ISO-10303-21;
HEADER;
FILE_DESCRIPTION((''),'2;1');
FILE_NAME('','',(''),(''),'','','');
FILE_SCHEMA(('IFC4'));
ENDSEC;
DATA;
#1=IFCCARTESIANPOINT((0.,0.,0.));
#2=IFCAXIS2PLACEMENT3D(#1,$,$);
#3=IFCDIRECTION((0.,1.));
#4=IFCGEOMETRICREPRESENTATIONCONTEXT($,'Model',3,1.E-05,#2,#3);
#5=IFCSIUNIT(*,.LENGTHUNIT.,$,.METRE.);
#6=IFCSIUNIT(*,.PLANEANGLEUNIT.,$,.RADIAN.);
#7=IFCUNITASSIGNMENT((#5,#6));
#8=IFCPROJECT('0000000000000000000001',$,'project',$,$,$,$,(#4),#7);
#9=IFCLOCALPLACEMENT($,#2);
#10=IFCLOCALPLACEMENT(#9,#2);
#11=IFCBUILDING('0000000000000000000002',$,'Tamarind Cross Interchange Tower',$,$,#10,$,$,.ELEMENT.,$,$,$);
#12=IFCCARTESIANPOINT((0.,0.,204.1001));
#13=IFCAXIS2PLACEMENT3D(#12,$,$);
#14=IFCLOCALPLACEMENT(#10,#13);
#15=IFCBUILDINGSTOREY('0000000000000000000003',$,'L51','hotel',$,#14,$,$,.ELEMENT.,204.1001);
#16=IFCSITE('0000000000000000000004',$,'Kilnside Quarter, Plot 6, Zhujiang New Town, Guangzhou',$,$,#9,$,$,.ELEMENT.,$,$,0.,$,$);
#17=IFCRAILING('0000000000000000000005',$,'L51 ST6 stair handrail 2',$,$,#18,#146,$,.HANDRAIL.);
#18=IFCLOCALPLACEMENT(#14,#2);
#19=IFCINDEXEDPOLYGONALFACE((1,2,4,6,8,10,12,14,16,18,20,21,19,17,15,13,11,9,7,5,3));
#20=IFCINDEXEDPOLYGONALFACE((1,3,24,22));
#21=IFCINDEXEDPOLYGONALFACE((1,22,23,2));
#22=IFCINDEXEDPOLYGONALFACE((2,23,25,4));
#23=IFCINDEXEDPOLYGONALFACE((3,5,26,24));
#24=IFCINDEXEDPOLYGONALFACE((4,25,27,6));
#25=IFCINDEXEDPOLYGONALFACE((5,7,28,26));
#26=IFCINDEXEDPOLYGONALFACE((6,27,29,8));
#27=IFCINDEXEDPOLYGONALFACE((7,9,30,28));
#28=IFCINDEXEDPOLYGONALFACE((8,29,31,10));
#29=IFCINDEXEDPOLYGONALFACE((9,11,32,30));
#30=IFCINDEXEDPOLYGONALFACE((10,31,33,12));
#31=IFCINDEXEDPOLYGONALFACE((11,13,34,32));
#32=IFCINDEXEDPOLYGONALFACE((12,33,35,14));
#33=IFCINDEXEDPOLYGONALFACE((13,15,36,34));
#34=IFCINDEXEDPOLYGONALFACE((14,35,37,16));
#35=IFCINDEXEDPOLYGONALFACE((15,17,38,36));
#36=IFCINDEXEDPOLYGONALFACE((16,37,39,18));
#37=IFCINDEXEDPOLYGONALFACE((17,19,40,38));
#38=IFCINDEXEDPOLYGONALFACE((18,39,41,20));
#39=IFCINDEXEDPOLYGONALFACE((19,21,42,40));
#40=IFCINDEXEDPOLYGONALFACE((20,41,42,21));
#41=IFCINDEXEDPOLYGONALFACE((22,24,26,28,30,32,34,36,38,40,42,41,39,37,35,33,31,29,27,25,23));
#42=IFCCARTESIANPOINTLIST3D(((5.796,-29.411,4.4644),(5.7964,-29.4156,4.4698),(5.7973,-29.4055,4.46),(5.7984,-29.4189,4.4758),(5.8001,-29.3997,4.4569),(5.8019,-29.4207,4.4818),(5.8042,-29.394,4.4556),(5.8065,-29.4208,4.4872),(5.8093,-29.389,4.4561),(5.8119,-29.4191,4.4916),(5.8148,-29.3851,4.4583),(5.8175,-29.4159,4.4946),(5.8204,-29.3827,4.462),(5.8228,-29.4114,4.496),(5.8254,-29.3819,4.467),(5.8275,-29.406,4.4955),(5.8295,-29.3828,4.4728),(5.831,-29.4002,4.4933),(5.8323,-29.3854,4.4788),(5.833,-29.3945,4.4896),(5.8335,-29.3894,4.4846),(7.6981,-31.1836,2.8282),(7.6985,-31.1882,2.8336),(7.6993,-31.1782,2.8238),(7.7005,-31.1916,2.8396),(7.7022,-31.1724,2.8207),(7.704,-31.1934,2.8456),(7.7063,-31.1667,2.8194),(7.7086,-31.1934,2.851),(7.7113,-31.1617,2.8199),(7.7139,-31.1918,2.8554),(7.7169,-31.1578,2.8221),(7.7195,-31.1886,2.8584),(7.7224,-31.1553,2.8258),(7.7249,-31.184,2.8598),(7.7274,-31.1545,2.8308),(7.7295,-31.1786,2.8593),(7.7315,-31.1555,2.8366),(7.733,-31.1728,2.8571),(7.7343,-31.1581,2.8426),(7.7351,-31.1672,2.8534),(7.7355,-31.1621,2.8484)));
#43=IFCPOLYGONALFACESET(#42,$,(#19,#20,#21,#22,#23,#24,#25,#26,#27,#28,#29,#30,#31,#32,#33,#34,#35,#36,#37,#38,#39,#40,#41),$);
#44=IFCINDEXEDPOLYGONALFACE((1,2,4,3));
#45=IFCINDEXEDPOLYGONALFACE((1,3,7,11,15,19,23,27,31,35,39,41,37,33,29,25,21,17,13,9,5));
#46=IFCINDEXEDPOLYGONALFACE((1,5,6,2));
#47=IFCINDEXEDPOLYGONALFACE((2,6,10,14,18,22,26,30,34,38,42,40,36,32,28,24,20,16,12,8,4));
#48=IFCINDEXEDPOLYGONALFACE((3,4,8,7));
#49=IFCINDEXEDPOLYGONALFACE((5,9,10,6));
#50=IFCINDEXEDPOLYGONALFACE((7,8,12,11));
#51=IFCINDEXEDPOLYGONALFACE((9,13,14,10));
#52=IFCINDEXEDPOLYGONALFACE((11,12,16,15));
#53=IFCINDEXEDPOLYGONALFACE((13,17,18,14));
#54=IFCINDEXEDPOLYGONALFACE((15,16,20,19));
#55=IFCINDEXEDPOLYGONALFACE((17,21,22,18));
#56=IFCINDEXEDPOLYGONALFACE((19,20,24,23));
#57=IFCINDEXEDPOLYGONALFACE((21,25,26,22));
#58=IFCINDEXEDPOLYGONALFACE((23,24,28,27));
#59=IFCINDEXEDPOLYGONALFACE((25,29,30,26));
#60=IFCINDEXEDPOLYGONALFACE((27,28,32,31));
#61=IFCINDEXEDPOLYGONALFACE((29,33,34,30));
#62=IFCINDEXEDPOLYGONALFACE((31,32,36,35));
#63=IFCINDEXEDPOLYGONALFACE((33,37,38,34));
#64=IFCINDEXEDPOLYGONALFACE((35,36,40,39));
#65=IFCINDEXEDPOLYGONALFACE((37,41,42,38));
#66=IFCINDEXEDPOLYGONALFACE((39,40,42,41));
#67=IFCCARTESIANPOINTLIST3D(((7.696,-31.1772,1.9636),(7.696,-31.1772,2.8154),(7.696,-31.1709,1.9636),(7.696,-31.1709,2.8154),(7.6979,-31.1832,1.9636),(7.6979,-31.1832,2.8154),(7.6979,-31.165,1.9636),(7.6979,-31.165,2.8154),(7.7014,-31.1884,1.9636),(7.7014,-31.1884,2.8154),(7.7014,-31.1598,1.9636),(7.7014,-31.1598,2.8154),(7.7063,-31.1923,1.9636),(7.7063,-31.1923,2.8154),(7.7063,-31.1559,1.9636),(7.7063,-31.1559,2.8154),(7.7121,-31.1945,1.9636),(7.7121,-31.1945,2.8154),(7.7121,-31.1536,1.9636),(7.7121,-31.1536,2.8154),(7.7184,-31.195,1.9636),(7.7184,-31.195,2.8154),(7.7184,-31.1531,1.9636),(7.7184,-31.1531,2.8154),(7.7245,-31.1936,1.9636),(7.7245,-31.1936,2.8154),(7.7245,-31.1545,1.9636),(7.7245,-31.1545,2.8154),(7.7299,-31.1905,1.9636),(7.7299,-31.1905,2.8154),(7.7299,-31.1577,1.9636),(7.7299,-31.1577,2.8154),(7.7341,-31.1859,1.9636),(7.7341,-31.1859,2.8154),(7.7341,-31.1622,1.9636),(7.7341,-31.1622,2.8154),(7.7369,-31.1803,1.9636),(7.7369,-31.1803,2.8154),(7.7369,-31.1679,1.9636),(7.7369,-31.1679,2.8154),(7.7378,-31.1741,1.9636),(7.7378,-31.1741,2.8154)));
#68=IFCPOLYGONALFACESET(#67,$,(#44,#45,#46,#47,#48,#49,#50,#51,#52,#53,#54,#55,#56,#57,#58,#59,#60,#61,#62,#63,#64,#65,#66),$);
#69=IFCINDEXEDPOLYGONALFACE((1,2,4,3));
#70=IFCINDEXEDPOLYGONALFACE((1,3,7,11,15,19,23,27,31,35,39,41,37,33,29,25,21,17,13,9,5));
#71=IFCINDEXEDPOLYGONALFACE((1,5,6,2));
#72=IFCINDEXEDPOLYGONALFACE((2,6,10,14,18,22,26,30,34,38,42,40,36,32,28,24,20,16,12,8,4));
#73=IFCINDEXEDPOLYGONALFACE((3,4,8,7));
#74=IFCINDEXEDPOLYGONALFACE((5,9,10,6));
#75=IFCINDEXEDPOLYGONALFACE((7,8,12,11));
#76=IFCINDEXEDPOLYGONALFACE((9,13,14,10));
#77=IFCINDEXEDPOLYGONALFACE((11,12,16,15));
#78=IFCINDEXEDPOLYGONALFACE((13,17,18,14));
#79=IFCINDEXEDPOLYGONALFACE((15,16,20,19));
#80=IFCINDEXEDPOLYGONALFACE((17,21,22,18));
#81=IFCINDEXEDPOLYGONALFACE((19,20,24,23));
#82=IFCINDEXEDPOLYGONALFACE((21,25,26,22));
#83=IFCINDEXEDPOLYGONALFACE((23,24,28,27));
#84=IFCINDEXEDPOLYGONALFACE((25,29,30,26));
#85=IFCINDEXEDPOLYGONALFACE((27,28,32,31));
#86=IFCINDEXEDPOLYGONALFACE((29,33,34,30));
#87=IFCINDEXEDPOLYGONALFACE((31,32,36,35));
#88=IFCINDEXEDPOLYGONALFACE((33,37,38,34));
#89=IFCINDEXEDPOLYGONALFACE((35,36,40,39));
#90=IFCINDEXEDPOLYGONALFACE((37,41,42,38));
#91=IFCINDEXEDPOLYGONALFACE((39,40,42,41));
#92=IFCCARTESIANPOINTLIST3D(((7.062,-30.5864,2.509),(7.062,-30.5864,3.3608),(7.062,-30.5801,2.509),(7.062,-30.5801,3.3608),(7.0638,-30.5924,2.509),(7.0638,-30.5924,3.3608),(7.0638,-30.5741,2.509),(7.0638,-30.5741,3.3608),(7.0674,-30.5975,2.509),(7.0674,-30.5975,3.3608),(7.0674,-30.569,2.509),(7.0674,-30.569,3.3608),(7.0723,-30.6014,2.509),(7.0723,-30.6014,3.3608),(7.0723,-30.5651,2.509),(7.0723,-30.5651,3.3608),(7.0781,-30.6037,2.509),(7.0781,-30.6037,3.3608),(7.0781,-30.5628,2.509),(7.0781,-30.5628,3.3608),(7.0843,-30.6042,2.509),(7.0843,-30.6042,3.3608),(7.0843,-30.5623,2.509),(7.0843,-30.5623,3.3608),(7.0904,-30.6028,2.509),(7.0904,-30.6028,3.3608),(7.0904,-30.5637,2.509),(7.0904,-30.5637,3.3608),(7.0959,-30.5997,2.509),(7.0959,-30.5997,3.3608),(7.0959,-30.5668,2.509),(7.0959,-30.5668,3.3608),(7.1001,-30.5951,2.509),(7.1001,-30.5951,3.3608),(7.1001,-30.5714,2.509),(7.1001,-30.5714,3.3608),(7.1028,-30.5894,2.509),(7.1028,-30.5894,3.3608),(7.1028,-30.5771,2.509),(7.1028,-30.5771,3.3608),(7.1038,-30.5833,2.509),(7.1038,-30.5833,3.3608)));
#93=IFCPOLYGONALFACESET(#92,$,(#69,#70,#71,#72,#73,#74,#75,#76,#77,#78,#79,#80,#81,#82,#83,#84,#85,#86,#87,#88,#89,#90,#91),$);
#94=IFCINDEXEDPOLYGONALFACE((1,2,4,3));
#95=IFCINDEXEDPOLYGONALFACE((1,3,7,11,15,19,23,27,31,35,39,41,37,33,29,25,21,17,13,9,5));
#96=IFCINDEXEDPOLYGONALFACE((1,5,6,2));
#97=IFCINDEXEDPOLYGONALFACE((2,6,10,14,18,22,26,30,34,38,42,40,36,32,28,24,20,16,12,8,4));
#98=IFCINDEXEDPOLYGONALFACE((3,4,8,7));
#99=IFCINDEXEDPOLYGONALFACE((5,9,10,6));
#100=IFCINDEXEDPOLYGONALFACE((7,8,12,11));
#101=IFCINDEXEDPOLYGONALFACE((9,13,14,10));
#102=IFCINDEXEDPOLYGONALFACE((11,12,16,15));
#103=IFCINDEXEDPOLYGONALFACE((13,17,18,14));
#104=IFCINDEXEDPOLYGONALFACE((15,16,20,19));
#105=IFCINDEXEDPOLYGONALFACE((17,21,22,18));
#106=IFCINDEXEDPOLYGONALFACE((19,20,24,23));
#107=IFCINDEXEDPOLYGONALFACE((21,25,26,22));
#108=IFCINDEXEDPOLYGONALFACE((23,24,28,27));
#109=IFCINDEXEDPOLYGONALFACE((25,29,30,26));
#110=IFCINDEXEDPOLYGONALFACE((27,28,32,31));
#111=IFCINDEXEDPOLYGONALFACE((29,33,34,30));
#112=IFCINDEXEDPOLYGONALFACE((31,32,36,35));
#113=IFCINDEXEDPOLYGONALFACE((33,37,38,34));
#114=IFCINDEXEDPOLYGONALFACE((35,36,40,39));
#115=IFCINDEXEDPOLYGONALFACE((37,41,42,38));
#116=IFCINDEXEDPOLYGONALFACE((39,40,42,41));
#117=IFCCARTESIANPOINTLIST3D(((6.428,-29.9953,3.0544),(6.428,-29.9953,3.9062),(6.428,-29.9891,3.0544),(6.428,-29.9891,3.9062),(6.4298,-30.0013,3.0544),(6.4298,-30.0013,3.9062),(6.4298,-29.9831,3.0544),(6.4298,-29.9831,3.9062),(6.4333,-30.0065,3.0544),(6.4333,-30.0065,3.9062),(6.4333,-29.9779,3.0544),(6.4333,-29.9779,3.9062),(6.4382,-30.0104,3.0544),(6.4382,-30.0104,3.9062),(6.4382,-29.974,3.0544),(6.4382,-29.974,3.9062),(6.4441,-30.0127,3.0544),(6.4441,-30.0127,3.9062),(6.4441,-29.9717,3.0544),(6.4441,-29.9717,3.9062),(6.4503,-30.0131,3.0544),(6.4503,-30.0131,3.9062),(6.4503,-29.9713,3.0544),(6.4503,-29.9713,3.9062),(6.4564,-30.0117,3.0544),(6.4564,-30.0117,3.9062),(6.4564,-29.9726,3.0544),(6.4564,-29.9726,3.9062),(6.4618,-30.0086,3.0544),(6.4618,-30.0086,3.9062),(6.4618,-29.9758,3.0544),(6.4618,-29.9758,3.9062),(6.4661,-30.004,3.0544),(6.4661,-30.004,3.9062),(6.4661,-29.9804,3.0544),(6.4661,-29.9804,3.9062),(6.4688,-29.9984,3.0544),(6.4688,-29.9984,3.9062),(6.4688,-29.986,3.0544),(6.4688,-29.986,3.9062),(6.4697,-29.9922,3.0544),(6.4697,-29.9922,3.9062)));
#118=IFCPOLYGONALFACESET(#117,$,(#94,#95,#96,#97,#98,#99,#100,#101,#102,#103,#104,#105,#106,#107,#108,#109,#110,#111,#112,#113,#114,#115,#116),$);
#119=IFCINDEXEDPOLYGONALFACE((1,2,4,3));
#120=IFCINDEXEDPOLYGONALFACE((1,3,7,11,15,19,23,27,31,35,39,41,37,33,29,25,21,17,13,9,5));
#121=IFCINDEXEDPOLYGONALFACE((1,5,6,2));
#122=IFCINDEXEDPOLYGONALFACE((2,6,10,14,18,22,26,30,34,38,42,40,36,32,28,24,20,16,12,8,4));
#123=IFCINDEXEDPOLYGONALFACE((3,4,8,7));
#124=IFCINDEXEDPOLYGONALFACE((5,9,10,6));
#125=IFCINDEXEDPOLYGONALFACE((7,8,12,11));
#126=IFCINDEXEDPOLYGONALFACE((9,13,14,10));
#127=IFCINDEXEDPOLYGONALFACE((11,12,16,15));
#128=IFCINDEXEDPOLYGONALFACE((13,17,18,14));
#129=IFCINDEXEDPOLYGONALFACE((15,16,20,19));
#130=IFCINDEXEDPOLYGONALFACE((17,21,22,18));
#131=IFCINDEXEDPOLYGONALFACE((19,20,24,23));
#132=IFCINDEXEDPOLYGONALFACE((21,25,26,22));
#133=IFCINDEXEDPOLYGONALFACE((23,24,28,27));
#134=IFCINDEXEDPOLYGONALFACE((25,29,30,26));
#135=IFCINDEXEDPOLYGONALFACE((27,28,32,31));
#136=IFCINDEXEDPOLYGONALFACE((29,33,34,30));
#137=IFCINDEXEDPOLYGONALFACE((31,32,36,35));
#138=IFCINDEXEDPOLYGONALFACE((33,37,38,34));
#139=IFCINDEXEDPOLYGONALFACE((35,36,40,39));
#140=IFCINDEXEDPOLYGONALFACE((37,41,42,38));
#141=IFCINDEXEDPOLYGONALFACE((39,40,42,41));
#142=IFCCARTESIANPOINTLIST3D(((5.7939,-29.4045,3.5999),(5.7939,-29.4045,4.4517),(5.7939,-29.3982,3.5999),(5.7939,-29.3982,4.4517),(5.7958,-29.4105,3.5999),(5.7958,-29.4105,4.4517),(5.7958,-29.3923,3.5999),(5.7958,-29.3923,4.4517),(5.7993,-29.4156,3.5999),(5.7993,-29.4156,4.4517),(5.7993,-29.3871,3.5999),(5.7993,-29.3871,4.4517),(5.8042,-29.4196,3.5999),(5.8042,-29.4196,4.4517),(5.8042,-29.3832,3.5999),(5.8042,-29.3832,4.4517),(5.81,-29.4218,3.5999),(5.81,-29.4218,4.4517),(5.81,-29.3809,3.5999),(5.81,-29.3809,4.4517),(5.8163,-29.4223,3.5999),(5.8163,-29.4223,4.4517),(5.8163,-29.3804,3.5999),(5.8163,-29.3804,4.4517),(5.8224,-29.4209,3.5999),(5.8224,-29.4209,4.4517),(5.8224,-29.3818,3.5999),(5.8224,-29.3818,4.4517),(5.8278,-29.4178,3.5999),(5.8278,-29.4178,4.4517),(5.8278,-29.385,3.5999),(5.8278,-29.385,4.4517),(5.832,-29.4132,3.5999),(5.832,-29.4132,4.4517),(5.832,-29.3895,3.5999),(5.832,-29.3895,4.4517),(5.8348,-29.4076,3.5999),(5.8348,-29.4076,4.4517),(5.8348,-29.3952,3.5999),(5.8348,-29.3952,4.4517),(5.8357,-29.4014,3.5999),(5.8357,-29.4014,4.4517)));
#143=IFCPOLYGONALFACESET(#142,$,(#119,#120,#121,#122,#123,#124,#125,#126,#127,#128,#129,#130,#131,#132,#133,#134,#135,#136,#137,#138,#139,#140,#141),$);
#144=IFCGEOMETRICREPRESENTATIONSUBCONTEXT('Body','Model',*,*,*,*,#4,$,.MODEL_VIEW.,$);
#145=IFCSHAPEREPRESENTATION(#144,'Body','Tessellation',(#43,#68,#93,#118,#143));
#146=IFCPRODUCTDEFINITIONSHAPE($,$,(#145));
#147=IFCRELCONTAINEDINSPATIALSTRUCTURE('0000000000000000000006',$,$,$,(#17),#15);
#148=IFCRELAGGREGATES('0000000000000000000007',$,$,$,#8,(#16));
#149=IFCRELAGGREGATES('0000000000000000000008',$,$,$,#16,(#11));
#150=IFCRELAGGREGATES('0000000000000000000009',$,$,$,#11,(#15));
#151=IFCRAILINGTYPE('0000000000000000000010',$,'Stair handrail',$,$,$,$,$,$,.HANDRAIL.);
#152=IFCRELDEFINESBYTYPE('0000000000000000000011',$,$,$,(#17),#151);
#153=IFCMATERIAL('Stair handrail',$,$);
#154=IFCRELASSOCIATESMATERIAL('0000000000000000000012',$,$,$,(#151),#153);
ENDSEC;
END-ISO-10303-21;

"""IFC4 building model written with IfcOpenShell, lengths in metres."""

from ifc_helpers import new_model, si_unit, direction, frame, origin, origin_2d, place, context, subcontext, project, spatial, circle, extrude, material, type_object, element, save


model = new_model("IFC4")

# Units and contexts
model_context = context("Model", 3, precision=1e-05, world=origin(), true_north=direction((0.0, 1.0)))
body_context = subcontext(model_context, "Body", "Model", "MODEL_VIEW")
ifc_project = project(units=[si_unit("LENGTHUNIT", "METRE"), si_unit("PLANEANGLEUNIT", "RADIAN")], contexts=[model_context])

# Site, building, storey
site_placement = place(None, origin())
site = spatial("IfcSite", under=ifc_project, at=site_placement, Name="Kilnside Quarter, Plot 6, Zhujiang New Town, Guangzhou", CompositionType="ELEMENT", RefElevation=0.0)
building_placement = place(site_placement, origin())
building = spatial("IfcBuilding", under=site, at=building_placement, Name="Tamarind Cross Interchange Tower", CompositionType="ELEMENT")
storey_placement = place(building_placement, frame((0.0, 0.0, 204.1001)))
storey = spatial("IfcBuildingStorey", under=building, at=storey_placement, Name="L51", Description="hotel", CompositionType="ELEMENT", Elevation=204.1001)

# Railing
ifc_material_1 = material(Name="Stair handrail")
railing_type_1 = type_object("IfcRailingType", Name="Stair handrail", PredefinedType="HANDRAIL", material=ifc_material_1)
railing_1_placement = place(storey_placement, frame((7.7168, -31.1741, 1.9636)))
element("IfcRailing", 1, at=railing_1_placement, inside=storey, type_object=railing_type_1, Name="L51 ST6 stair handrail 2", PredefinedType="HANDRAIL", context=body_context, shape_type="SweptSolid", body=[
    extrude(circle(Radius=0.0239, at=origin_2d()), frame((0.0, 0.0, 0.876), z_axis=(-0.619156, 0.577036, 0.532612), x_axis=(-0.681786, -0.731552, 0.0)), (0.0, 0.0, 1.0), 3.072),
    extrude(circle(Radius=0.021, at=origin_2d()), origin(), (0.0, 0.0, 1.0), 0.8518),
    extrude(circle(Radius=0.021, at=origin_2d()), frame((-0.634, 0.5908, 0.5454)), (0.0, 0.0, 1.0), 0.8518),
    extrude(circle(Radius=0.021, at=origin_2d()), frame((-1.2681, 1.1819, 1.0908)), (0.0, 0.0, 1.0), 0.8518),
    extrude(circle(Radius=0.021, at=origin_2d()), frame((-1.9021, 1.7727, 1.6362)), (0.0, 0.0, 1.0), 0.8518),
])

save(model, "model.ifc")
